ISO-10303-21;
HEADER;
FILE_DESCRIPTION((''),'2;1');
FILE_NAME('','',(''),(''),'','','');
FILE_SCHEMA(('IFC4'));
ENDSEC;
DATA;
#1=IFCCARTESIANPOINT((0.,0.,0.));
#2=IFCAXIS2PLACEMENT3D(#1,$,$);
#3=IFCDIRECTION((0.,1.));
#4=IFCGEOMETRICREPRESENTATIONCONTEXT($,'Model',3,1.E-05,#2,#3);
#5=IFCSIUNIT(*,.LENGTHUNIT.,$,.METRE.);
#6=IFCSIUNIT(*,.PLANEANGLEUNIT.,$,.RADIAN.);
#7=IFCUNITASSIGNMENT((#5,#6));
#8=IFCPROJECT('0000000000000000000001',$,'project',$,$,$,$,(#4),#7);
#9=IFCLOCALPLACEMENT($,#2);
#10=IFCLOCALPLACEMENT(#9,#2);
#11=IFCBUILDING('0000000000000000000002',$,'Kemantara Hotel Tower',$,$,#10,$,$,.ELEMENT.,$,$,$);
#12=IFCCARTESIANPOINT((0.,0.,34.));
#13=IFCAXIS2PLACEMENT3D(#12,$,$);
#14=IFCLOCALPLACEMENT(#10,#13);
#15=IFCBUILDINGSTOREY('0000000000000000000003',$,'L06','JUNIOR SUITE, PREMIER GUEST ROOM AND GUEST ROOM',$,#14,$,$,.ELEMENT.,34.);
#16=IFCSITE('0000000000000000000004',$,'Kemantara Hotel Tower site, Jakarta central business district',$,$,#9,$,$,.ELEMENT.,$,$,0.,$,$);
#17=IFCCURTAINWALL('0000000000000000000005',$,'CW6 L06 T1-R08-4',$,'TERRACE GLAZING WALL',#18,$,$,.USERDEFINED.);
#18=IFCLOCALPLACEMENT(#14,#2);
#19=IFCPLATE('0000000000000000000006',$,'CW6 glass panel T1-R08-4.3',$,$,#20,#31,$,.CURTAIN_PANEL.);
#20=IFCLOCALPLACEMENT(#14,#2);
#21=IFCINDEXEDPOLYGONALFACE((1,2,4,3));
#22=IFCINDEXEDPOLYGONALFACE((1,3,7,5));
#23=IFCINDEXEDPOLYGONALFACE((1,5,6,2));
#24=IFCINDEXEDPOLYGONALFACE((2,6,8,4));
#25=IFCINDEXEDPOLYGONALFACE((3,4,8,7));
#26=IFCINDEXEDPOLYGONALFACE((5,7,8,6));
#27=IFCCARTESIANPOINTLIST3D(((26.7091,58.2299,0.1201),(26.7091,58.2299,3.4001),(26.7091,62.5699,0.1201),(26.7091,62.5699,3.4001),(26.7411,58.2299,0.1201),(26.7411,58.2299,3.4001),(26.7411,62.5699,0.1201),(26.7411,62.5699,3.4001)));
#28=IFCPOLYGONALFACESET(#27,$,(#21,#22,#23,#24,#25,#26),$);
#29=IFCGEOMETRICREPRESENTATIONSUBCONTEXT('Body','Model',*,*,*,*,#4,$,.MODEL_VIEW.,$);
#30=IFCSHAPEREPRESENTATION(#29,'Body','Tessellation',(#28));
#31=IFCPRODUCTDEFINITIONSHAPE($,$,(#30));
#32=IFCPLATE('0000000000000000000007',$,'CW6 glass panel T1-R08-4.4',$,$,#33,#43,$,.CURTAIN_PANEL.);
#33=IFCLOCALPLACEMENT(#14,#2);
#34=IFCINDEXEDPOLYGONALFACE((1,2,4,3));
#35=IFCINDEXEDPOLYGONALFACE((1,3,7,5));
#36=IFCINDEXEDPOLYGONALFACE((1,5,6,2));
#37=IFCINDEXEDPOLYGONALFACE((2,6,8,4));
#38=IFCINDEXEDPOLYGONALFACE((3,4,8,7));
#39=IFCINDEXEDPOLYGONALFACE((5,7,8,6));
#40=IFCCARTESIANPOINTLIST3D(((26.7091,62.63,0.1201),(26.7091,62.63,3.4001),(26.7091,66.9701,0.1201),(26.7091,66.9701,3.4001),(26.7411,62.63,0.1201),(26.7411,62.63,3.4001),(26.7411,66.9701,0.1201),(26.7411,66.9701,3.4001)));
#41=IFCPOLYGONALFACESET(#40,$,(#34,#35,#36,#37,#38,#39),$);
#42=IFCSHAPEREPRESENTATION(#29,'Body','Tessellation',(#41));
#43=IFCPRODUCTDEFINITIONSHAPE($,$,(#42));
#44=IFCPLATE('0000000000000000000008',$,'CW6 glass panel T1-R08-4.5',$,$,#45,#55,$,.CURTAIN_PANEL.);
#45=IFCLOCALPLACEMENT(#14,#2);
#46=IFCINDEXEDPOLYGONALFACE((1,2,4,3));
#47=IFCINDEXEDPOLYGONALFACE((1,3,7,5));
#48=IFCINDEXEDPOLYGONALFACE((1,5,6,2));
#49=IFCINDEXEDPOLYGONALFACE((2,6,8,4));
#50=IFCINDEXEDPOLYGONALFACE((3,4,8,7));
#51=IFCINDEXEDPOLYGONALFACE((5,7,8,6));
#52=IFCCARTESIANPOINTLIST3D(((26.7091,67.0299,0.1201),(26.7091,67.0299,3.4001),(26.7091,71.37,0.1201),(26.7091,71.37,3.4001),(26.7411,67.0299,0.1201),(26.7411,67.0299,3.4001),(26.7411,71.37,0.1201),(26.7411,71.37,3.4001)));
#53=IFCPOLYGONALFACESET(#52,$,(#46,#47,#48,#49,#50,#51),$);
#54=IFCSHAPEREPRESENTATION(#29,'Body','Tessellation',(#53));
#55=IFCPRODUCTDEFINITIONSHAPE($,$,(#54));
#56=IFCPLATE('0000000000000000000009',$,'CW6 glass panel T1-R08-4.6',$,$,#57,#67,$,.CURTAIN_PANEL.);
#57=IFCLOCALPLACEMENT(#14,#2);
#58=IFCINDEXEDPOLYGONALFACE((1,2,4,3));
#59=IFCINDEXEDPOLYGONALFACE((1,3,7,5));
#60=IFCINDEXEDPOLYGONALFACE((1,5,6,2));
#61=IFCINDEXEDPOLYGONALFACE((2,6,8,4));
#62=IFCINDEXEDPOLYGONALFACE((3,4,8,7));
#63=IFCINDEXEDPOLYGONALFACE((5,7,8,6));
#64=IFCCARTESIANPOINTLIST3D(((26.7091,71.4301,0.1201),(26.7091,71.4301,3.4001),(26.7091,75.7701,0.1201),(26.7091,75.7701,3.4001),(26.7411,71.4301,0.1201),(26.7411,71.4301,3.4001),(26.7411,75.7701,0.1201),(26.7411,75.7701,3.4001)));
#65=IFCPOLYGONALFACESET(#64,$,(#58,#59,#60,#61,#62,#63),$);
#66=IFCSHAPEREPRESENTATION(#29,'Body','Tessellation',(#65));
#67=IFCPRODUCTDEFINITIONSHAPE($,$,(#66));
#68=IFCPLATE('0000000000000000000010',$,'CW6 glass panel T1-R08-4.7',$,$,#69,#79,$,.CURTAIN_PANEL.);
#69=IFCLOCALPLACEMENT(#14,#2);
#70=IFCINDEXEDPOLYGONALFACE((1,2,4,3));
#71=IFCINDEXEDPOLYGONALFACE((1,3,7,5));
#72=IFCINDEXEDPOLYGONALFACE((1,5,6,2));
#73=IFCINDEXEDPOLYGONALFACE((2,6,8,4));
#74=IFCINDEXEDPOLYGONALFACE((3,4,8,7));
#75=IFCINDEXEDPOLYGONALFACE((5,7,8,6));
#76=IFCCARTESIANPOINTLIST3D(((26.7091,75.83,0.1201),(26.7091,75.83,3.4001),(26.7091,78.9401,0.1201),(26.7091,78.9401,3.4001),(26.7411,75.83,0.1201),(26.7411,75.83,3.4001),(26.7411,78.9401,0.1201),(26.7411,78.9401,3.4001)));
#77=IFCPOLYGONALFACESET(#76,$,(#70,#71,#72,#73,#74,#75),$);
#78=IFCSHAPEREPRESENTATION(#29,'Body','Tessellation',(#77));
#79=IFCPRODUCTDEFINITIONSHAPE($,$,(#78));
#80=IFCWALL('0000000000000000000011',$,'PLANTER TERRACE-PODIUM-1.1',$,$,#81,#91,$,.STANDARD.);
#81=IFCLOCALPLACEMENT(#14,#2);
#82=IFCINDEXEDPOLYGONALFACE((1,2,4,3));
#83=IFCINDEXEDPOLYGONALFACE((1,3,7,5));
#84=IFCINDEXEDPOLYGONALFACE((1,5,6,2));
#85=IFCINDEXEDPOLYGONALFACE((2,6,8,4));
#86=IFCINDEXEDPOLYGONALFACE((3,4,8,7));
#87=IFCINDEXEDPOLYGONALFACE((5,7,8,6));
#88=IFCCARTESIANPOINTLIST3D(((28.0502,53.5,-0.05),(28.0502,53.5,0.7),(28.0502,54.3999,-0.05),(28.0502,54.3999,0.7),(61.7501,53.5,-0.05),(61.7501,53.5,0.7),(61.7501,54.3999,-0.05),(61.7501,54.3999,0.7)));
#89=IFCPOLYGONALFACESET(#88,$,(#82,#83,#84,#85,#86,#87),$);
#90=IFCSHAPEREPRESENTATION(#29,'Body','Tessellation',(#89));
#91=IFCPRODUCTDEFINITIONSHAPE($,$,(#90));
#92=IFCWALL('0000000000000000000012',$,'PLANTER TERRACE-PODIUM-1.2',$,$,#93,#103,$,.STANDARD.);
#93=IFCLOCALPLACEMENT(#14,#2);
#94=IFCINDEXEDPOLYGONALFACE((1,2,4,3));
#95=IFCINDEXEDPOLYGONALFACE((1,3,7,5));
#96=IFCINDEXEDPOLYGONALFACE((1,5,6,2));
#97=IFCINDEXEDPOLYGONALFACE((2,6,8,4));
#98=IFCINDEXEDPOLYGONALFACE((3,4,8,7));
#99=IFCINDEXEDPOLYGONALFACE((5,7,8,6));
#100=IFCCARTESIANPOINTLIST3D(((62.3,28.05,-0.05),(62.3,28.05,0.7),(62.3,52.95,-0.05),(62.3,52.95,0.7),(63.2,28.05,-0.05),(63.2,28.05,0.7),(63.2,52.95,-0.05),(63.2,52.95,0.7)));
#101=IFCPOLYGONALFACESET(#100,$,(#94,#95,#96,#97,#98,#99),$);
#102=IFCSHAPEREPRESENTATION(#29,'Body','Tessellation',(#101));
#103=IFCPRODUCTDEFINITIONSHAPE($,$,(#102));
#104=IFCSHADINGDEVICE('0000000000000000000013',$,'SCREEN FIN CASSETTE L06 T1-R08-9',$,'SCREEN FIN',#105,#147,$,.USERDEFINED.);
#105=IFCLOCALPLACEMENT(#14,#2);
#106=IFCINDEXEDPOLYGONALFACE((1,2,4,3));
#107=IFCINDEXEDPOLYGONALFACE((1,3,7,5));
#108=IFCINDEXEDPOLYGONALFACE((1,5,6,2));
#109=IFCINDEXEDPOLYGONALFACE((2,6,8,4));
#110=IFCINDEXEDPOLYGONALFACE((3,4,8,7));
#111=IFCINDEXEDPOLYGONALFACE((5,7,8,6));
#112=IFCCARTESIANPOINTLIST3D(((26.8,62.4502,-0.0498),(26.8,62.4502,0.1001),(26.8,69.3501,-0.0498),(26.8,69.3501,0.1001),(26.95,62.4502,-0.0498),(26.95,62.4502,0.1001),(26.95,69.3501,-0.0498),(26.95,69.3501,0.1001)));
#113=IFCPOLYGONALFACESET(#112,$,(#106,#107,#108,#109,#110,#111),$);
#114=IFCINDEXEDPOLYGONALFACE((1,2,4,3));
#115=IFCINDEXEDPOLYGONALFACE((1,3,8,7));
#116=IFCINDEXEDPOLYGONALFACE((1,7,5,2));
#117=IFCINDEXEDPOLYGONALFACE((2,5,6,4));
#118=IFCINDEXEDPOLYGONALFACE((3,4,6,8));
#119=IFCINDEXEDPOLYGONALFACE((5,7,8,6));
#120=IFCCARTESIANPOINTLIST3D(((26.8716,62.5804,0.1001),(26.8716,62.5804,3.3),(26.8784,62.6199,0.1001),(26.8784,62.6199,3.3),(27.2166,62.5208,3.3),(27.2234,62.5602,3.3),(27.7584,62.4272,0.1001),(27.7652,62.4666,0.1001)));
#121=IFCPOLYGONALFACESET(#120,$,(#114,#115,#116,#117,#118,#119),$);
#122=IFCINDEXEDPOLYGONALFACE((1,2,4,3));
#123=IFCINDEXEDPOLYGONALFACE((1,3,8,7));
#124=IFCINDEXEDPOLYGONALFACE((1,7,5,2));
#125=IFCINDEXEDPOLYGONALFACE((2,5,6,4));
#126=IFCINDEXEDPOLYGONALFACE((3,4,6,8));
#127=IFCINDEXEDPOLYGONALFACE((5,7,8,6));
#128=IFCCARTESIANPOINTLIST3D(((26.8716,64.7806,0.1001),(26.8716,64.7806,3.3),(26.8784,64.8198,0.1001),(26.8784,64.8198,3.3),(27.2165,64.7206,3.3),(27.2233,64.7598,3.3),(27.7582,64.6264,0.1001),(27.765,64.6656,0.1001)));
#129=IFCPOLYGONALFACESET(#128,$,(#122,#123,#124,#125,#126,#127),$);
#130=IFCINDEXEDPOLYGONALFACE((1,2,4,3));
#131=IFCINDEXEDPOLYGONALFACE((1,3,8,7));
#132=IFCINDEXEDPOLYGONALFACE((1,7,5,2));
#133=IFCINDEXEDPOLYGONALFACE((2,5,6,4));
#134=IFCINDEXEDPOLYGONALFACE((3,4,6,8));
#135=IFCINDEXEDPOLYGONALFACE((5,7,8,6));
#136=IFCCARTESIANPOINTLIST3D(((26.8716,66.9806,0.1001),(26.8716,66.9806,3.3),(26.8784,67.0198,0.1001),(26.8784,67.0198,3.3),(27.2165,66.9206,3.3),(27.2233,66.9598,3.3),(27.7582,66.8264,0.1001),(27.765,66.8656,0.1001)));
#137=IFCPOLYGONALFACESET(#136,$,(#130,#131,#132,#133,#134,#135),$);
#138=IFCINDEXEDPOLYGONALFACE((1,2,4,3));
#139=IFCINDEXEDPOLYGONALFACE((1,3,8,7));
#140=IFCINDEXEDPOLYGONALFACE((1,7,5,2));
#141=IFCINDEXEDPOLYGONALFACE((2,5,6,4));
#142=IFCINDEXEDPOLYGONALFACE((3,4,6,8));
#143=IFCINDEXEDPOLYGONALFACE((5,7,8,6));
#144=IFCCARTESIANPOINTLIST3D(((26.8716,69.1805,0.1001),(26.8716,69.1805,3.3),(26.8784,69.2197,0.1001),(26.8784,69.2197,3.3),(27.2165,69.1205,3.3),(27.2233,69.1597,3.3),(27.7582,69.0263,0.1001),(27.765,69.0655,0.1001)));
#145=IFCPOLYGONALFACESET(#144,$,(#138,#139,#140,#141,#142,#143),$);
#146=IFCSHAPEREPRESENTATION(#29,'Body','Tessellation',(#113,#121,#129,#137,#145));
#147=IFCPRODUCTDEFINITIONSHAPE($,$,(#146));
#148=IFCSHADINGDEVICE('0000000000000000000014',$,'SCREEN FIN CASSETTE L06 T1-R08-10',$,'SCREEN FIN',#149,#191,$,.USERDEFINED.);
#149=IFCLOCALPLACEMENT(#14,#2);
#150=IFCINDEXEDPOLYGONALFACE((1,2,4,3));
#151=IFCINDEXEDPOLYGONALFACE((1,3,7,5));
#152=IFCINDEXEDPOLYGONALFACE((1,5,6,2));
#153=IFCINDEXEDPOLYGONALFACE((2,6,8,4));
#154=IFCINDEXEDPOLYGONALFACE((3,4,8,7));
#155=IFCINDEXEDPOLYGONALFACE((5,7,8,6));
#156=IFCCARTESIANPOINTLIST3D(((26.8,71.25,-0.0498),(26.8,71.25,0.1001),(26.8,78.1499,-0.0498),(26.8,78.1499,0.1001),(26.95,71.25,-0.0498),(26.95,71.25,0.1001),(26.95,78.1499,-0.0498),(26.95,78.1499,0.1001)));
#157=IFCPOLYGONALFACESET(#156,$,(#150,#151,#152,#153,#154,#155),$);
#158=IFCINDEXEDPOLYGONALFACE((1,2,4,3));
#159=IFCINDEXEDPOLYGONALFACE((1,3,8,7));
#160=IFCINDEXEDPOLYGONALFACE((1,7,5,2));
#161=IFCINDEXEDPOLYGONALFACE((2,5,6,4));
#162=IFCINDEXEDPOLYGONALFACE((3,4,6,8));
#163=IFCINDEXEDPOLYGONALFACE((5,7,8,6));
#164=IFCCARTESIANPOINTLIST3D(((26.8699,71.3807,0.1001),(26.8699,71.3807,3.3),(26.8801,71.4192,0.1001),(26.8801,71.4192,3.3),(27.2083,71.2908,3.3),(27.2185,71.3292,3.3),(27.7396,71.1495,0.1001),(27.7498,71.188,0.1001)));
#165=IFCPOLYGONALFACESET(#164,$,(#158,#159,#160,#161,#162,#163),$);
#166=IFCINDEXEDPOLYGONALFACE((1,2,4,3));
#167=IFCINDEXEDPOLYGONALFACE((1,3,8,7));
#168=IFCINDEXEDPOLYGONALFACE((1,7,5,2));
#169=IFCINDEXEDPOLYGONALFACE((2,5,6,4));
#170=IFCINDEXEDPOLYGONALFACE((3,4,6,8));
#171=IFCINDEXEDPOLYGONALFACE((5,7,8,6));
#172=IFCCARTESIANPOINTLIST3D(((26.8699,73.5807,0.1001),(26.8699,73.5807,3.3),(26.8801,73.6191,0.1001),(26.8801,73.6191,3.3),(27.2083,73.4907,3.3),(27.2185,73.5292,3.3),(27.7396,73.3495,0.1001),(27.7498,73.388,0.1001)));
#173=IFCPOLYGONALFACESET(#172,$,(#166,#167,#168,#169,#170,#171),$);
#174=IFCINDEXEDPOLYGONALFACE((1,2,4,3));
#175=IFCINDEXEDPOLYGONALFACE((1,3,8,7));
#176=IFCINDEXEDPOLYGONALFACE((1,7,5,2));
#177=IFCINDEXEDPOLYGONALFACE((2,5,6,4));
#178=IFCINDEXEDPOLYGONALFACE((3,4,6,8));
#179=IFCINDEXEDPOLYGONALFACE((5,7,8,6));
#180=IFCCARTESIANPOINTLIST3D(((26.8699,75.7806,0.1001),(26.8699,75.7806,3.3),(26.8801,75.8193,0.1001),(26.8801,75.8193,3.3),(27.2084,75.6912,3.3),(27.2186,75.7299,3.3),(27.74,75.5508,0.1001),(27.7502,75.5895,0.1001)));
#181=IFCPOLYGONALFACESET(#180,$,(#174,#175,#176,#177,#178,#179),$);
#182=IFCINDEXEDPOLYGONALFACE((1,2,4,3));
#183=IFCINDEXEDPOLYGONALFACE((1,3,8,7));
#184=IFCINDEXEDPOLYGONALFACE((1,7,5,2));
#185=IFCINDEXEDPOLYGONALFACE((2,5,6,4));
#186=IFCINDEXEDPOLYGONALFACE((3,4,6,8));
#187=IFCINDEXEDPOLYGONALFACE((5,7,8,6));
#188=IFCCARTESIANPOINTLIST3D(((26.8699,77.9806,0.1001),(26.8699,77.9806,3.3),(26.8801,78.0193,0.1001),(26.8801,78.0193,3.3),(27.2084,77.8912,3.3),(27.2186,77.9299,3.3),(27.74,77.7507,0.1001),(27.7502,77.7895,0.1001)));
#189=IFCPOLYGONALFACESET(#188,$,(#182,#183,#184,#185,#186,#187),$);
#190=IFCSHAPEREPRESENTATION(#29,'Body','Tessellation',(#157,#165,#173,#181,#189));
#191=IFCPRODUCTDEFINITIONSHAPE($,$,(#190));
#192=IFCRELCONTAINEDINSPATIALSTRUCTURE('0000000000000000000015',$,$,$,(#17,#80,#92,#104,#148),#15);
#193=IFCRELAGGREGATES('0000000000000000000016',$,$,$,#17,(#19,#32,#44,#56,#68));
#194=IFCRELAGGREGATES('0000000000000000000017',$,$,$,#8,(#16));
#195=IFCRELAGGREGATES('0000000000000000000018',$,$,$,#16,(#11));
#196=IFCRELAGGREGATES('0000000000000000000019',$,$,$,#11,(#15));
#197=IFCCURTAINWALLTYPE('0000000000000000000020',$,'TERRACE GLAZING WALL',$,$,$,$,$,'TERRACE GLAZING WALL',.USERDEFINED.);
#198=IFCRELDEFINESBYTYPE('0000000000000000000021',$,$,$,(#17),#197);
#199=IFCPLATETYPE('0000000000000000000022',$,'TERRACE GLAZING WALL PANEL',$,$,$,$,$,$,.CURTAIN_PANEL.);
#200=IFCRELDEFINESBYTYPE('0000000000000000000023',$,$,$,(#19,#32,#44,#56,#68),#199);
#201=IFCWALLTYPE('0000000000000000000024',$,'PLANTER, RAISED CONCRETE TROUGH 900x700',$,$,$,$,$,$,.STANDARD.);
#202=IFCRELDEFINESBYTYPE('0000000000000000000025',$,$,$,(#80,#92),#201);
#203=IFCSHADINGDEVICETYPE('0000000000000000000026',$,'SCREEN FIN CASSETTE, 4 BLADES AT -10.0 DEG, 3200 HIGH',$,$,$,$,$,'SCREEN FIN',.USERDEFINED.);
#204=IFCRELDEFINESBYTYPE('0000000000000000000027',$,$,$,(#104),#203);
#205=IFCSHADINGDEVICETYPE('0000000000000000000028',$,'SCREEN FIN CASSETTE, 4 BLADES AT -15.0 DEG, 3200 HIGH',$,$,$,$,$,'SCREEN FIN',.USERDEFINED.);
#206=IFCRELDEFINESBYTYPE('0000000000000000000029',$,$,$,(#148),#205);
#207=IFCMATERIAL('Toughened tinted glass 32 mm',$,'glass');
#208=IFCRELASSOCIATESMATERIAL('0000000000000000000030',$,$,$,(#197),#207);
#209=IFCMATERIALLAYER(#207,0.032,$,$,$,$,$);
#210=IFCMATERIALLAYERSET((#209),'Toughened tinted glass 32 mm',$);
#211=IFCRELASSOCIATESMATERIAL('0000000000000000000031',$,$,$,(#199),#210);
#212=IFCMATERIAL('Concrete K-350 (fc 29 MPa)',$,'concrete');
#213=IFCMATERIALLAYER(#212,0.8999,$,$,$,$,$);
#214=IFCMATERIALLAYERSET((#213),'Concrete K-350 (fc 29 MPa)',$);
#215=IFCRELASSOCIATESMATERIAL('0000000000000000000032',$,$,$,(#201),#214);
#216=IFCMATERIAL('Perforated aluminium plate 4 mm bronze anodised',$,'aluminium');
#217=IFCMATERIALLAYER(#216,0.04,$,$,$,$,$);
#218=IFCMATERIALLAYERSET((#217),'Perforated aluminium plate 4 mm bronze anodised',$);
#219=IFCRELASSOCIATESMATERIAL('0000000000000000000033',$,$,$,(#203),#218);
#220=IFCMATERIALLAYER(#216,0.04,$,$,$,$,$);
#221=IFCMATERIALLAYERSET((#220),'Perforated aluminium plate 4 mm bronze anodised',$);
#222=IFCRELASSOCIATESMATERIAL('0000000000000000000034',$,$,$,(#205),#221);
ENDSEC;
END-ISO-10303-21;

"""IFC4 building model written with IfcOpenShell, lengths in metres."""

from ifc_helpers import new_model, si_unit, direction, frame, frame_2d, origin, origin_2d, place, context, subcontext, project, spatial, polyline, rectangle, outline, extrude, source, transform, mapped, material, layer, layer_set, type_object, element, aggregate, save


model = new_model("IFC4")

# Units and contexts
model_context = context("Model", 3, precision=1e-05, world=origin(), true_north=direction((0.0, 1.0)))
body_context = subcontext(model_context, "Body", "Model", "MODEL_VIEW")
ifc_project = project(units=[si_unit("LENGTHUNIT", "METRE"), si_unit("PLANEANGLEUNIT", "RADIAN")], contexts=[model_context])

# Site, building, storey
site_placement = place(None, origin())
site = spatial("IfcSite", under=ifc_project, at=site_placement, Name="Kemantara Hotel Tower site, Jakarta central business district", CompositionType="ELEMENT", RefElevation=0.0)
building_placement = place(site_placement, origin())
building = spatial("IfcBuilding", under=site, at=building_placement, Name="Kemantara Hotel Tower", CompositionType="ELEMENT")
storey_placement = place(building_placement, frame((0.0, 0.0, 34.0)))
storey = spatial("IfcBuildingStorey", under=building, at=storey_placement, Name="L06", Description="JUNIOR SUITE, PREMIER GUEST ROOM AND GUEST ROOM", CompositionType="ELEMENT", Elevation=34.0)

# Curtain wall
ifc_material_1 = material(Name="Toughened tinted glass 32 mm", Category="glass")
curtain_wall_type = type_object("IfcCurtainWallType", Name="TERRACE GLAZING WALL", ElementType="TERRACE GLAZING WALL", PredefinedType="USERDEFINED", material=ifc_material_1)
curtain_wall_1_placement = place(storey_placement, origin())
curtain_wall_1 = element("IfcCurtainWall", 1, at=curtain_wall_1_placement, inside=storey, type_object=curtain_wall_type, Name="CW6 L06 T1-R08-4", ObjectType="TERRACE GLAZING WALL", PredefinedType="USERDEFINED")

# Plates
ifc_layer_1 = layer(ifc_material_1, 0.032)
ifc_layer_set_1 = layer_set([ifc_layer_1], Name="Toughened tinted glass 32 mm")
plate_type = type_object("IfcPlateType", Name="TERRACE GLAZING WALL PANEL", PredefinedType="CURTAIN_PANEL", material=ifc_layer_set_1)
shared_shape_1 = source(origin(), body_context, "Body", "SweptSolid", [
    extrude(rectangle(XDim=4.3401, YDim=0.032, at=origin_2d()), origin(), (0.0, 0.0, 1.0), 3.28),
])
plate_1_placement = place(storey_placement, frame((26.7251, 60.3999, 0.1201), z_axis=(0.0, 0.0, 1.0), x_axis=(0.0, 1.0, 0.0)))
plate_1 = element("IfcPlate", 2, at=plate_1_placement, type_object=plate_type, Name="CW6 glass panel T1-R08-4.3", PredefinedType="CURTAIN_PANEL", context=body_context, shape_type="MappedRepresentation", body=[
    mapped(shared_shape_1, transform((0.0, 0.0, 0.0))),
])
plate_2_placement = place(storey_placement, frame((26.7251, 64.8, 0.1201), z_axis=(0.0, 0.0, 1.0), x_axis=(0.0, 1.0, 0.0)))
plate_2 = element("IfcPlate", 3, at=plate_2_placement, type_object=plate_type, Name="CW6 glass panel T1-R08-4.4", PredefinedType="CURTAIN_PANEL", context=body_context, shape_type="MappedRepresentation", body=[
    mapped(shared_shape_1, transform((0.0, 0.0, 0.0))),
])
plate_3_placement = place(storey_placement, frame((26.7251, 69.2, 0.1201), z_axis=(0.0, 0.0, 1.0), x_axis=(0.0, 1.0, 0.0)))
plate_3 = element("IfcPlate", 4, at=plate_3_placement, type_object=plate_type, Name="CW6 glass panel T1-R08-4.5", PredefinedType="CURTAIN_PANEL", context=body_context, shape_type="MappedRepresentation", body=[
    mapped(shared_shape_1, transform((0.0, 0.0, 0.0))),
])
plate_4_placement = place(storey_placement, frame((26.7251, 73.6001, 0.1201), z_axis=(0.0, 0.0, 1.0), x_axis=(0.0, 1.0, 0.0)))
plate_4 = element("IfcPlate", 5, at=plate_4_placement, type_object=plate_type, Name="CW6 glass panel T1-R08-4.6", PredefinedType="CURTAIN_PANEL", context=body_context, shape_type="MappedRepresentation", body=[
    mapped(shared_shape_1, transform((0.0, 0.0, 0.0))),
])
shared_shape_2 = source(origin(), body_context, "Body", "SweptSolid", [
    extrude(rectangle(XDim=3.1101, YDim=0.032, at=origin_2d()), origin(), (0.0, 0.0, 1.0), 3.28),
])
plate_5_placement = place(storey_placement, frame((26.7251, 77.385, 0.1201), z_axis=(0.0, 0.0, 1.0), x_axis=(0.0, 1.0, 0.0)))
plate_5 = element("IfcPlate", 6, at=plate_5_placement, type_object=plate_type, Name="CW6 glass panel T1-R08-4.7", PredefinedType="CURTAIN_PANEL", context=body_context, shape_type="MappedRepresentation", body=[
    mapped(shared_shape_2, transform((0.0, 0.0, 0.0))),
])
aggregate(curtain_wall_1, [plate_1, plate_2, plate_3, plate_4, plate_5])

# Walls
ifc_material_2 = material(Name="Concrete K-350 (fc 29 MPa)", Category="concrete")
ifc_layer_2 = layer(ifc_material_2, 0.8999)
ifc_layer_set_2 = layer_set([ifc_layer_2], Name="Concrete K-350 (fc 29 MPa)")
wall_type = type_object("IfcWallType", Name="PLANTER, RAISED CONCRETE TROUGH 900x700", PredefinedType="STANDARD", material=ifc_layer_set_2)
wall_1_placement = place(storey_placement, frame((28.05, 53.95, -0.05), z_axis=(0.0, 0.0, 1.0), x_axis=(1.0, 0.0, 0.0)))
element("IfcWall", 7, at=wall_1_placement, inside=storey, type_object=wall_type, Name="PLANTER TERRACE-PODIUM-1.1", PredefinedType="STANDARD", context=body_context, shape_type="SweptSolid", body=[
    extrude(rectangle(XDim=33.7, YDim=0.8999, at=frame_2d((16.8501, 0.0))), origin(), (0.0, 0.0, 1.0), 0.75),
])
wall_2_placement = place(storey_placement, frame((62.75, 52.95, -0.05), z_axis=(0.0, 0.0, 1.0), x_axis=(0.0, -1.0, 0.0)))
element("IfcWall", 8, at=wall_2_placement, inside=storey, type_object=wall_type, Name="PLANTER TERRACE-PODIUM-1.2", PredefinedType="STANDARD", context=body_context, shape_type="SweptSolid", body=[
    extrude(rectangle(XDim=24.8999, YDim=0.8999, at=frame_2d((12.45, 0.0))), origin(), (0.0, 0.0, 1.0), 0.75),
])

# Shading devices
ifc_material_3 = material(Name="Perforated aluminium plate 4 mm bronze anodised", Category="aluminium")
ifc_layer_3 = layer(ifc_material_3, 0.04)
ifc_layer_set_3 = layer_set([ifc_layer_3], Name="Perforated aluminium plate 4 mm bronze anodised")
shading_device_type_1 = type_object("IfcShadingDeviceType", Name="SCREEN FIN CASSETTE, 4 BLADES AT -10.0 DEG, 3200 HIGH", ElementType="SCREEN FIN", PredefinedType="USERDEFINED", material=ifc_layer_set_3)
shared_shape_3 = source(origin(), body_context, "Body", "SweptSolid", [
    extrude(rectangle(XDim=6.8999, YDim=0.1499, at=origin_2d()), frame((3.3, -0.075, -0.1499), z_axis=(0.0, 0.0, 1.0), x_axis=(1.0, 0.0, 0.0)), (0.0, 0.0, 1.0), 0.1499),
    extrude(outline(polyline([(0.0, 0.0), (0.8999, 0.0), (0.3501, 3.2), (0.0, 3.2), (0.0, 0.0)])), frame((0.0198, -0.0784, 0.0), z_axis=(-0.98539, 0.170314, 0.0), x_axis=(-0.170314, -0.98539, 0.0)), (0.0, 0.0, 1.0), 0.04),
    extrude(outline(polyline([(0.0, 0.0), (0.8999, 0.0), (0.3501, 3.2), (0.0, 3.2), (0.0, 0.0)])), frame((2.2197, -0.0784, 0.0), z_axis=(-0.985212, 0.171341, 0.0), x_axis=(-0.171341, -0.985212, 0.0)), (0.0, 0.0, 1.0), 0.0398),
    extrude(outline(polyline([(0.0, 0.0), (0.8999, 0.0), (0.3501, 3.2), (0.0, 3.2), (0.0, 0.0)])), frame((4.4197, -0.0784, 0.0), z_axis=(-0.985212, 0.171341, 0.0), x_axis=(-0.171341, -0.985212, 0.0)), (0.0, 0.0, 1.0), 0.0398),
    extrude(outline(polyline([(0.0, 0.0), (0.8999, 0.0), (0.3501, 3.2), (0.0, 3.2), (0.0, 0.0)])), frame((6.6196, -0.0784, 0.0), z_axis=(-0.985212, 0.171341, 0.0), x_axis=(-0.171341, -0.985212, 0.0)), (0.0, 0.0, 1.0), 0.0398),
])
shading_device_1_placement = place(storey_placement, frame((26.8, 62.6001, 0.1001), z_axis=(0.0, 0.0, 1.0), x_axis=(0.0, 1.0, 0.0)))
element("IfcShadingDevice", 9, at=shading_device_1_placement, inside=storey, type_object=shading_device_type_1, Name="SCREEN FIN CASSETTE L06 T1-R08-9", ObjectType="SCREEN FIN", PredefinedType="USERDEFINED", context=body_context, shape_type="MappedRepresentation", body=[
    mapped(shared_shape_3, transform((0.0, 0.0, 0.0))),
])
ifc_layer_4 = layer(ifc_material_3, 0.04)
ifc_layer_set_4 = layer_set([ifc_layer_4], Name="Perforated aluminium plate 4 mm bronze anodised")
shading_device_type_2 = type_object("IfcShadingDeviceType", Name="SCREEN FIN CASSETTE, 4 BLADES AT -15.0 DEG, 3200 HIGH", ElementType="SCREEN FIN", PredefinedType="USERDEFINED", material=ifc_layer_set_4)
shared_shape_4 = source(origin(), body_context, "Body", "SweptSolid", [
    extrude(rectangle(XDim=6.8999, YDim=0.1499, at=origin_2d()), frame((3.3, -0.075, -0.1499), z_axis=(0.0, 0.0, 1.0), x_axis=(1.0, 0.0, 0.0)), (0.0, 0.0, 1.0), 0.1499),
    extrude(outline(polyline([(0.0, 0.0), (0.8999, 0.0), (0.3501, 3.2), (0.0, 3.2), (0.0, 0.0)])), frame((0.0193, -0.0801, 0.0), z_axis=(-0.966438, 0.256901, 0.0), x_axis=(-0.256901, -0.966438, 0.0)), (0.0, 0.0, 1.0), 0.0398),
    extrude(outline(polyline([(0.0, 0.0), (0.8999, 0.0), (0.3501, 3.2), (0.0, 3.2), (0.0, 0.0)])), frame((2.2192, -0.0801, 0.0), z_axis=(-0.966438, 0.256901, 0.0), x_axis=(-0.256901, -0.966438, 0.0)), (0.0, 0.0, 1.0), 0.0398),
    extrude(outline(polyline([(0.0, 0.0), (0.8999, 0.0), (0.3501, 3.2), (0.0, 3.2), (0.0, 0.0)])), frame((4.4194, -0.0801, 0.0), z_axis=(-0.966838, 0.255391, 0.0), x_axis=(-0.255391, -0.966838, 0.0)), (0.0, 0.0, 1.0), 0.04),
    extrude(outline(polyline([(0.0, 0.0), (0.8999, 0.0), (0.3501, 3.2), (0.0, 3.2), (0.0, 0.0)])), frame((6.6194, -0.0801, 0.0), z_axis=(-0.966838, 0.255391, 0.0), x_axis=(-0.255391, -0.966838, 0.0)), (0.0, 0.0, 1.0), 0.04),
])
shading_device_2_placement = place(storey_placement, frame((26.8, 71.3999, 0.1001), z_axis=(0.0, 0.0, 1.0), x_axis=(0.0, 1.0, 0.0)))
element("IfcShadingDevice", 10, at=shading_device_2_placement, inside=storey, type_object=shading_device_type_2, Name="SCREEN FIN CASSETTE L06 T1-R08-10", ObjectType="SCREEN FIN", PredefinedType="USERDEFINED", context=body_context, shape_type="MappedRepresentation", body=[
    mapped(shared_shape_4, transform((0.0, 0.0, 0.0))),
])

save(model, "model.ifc")
